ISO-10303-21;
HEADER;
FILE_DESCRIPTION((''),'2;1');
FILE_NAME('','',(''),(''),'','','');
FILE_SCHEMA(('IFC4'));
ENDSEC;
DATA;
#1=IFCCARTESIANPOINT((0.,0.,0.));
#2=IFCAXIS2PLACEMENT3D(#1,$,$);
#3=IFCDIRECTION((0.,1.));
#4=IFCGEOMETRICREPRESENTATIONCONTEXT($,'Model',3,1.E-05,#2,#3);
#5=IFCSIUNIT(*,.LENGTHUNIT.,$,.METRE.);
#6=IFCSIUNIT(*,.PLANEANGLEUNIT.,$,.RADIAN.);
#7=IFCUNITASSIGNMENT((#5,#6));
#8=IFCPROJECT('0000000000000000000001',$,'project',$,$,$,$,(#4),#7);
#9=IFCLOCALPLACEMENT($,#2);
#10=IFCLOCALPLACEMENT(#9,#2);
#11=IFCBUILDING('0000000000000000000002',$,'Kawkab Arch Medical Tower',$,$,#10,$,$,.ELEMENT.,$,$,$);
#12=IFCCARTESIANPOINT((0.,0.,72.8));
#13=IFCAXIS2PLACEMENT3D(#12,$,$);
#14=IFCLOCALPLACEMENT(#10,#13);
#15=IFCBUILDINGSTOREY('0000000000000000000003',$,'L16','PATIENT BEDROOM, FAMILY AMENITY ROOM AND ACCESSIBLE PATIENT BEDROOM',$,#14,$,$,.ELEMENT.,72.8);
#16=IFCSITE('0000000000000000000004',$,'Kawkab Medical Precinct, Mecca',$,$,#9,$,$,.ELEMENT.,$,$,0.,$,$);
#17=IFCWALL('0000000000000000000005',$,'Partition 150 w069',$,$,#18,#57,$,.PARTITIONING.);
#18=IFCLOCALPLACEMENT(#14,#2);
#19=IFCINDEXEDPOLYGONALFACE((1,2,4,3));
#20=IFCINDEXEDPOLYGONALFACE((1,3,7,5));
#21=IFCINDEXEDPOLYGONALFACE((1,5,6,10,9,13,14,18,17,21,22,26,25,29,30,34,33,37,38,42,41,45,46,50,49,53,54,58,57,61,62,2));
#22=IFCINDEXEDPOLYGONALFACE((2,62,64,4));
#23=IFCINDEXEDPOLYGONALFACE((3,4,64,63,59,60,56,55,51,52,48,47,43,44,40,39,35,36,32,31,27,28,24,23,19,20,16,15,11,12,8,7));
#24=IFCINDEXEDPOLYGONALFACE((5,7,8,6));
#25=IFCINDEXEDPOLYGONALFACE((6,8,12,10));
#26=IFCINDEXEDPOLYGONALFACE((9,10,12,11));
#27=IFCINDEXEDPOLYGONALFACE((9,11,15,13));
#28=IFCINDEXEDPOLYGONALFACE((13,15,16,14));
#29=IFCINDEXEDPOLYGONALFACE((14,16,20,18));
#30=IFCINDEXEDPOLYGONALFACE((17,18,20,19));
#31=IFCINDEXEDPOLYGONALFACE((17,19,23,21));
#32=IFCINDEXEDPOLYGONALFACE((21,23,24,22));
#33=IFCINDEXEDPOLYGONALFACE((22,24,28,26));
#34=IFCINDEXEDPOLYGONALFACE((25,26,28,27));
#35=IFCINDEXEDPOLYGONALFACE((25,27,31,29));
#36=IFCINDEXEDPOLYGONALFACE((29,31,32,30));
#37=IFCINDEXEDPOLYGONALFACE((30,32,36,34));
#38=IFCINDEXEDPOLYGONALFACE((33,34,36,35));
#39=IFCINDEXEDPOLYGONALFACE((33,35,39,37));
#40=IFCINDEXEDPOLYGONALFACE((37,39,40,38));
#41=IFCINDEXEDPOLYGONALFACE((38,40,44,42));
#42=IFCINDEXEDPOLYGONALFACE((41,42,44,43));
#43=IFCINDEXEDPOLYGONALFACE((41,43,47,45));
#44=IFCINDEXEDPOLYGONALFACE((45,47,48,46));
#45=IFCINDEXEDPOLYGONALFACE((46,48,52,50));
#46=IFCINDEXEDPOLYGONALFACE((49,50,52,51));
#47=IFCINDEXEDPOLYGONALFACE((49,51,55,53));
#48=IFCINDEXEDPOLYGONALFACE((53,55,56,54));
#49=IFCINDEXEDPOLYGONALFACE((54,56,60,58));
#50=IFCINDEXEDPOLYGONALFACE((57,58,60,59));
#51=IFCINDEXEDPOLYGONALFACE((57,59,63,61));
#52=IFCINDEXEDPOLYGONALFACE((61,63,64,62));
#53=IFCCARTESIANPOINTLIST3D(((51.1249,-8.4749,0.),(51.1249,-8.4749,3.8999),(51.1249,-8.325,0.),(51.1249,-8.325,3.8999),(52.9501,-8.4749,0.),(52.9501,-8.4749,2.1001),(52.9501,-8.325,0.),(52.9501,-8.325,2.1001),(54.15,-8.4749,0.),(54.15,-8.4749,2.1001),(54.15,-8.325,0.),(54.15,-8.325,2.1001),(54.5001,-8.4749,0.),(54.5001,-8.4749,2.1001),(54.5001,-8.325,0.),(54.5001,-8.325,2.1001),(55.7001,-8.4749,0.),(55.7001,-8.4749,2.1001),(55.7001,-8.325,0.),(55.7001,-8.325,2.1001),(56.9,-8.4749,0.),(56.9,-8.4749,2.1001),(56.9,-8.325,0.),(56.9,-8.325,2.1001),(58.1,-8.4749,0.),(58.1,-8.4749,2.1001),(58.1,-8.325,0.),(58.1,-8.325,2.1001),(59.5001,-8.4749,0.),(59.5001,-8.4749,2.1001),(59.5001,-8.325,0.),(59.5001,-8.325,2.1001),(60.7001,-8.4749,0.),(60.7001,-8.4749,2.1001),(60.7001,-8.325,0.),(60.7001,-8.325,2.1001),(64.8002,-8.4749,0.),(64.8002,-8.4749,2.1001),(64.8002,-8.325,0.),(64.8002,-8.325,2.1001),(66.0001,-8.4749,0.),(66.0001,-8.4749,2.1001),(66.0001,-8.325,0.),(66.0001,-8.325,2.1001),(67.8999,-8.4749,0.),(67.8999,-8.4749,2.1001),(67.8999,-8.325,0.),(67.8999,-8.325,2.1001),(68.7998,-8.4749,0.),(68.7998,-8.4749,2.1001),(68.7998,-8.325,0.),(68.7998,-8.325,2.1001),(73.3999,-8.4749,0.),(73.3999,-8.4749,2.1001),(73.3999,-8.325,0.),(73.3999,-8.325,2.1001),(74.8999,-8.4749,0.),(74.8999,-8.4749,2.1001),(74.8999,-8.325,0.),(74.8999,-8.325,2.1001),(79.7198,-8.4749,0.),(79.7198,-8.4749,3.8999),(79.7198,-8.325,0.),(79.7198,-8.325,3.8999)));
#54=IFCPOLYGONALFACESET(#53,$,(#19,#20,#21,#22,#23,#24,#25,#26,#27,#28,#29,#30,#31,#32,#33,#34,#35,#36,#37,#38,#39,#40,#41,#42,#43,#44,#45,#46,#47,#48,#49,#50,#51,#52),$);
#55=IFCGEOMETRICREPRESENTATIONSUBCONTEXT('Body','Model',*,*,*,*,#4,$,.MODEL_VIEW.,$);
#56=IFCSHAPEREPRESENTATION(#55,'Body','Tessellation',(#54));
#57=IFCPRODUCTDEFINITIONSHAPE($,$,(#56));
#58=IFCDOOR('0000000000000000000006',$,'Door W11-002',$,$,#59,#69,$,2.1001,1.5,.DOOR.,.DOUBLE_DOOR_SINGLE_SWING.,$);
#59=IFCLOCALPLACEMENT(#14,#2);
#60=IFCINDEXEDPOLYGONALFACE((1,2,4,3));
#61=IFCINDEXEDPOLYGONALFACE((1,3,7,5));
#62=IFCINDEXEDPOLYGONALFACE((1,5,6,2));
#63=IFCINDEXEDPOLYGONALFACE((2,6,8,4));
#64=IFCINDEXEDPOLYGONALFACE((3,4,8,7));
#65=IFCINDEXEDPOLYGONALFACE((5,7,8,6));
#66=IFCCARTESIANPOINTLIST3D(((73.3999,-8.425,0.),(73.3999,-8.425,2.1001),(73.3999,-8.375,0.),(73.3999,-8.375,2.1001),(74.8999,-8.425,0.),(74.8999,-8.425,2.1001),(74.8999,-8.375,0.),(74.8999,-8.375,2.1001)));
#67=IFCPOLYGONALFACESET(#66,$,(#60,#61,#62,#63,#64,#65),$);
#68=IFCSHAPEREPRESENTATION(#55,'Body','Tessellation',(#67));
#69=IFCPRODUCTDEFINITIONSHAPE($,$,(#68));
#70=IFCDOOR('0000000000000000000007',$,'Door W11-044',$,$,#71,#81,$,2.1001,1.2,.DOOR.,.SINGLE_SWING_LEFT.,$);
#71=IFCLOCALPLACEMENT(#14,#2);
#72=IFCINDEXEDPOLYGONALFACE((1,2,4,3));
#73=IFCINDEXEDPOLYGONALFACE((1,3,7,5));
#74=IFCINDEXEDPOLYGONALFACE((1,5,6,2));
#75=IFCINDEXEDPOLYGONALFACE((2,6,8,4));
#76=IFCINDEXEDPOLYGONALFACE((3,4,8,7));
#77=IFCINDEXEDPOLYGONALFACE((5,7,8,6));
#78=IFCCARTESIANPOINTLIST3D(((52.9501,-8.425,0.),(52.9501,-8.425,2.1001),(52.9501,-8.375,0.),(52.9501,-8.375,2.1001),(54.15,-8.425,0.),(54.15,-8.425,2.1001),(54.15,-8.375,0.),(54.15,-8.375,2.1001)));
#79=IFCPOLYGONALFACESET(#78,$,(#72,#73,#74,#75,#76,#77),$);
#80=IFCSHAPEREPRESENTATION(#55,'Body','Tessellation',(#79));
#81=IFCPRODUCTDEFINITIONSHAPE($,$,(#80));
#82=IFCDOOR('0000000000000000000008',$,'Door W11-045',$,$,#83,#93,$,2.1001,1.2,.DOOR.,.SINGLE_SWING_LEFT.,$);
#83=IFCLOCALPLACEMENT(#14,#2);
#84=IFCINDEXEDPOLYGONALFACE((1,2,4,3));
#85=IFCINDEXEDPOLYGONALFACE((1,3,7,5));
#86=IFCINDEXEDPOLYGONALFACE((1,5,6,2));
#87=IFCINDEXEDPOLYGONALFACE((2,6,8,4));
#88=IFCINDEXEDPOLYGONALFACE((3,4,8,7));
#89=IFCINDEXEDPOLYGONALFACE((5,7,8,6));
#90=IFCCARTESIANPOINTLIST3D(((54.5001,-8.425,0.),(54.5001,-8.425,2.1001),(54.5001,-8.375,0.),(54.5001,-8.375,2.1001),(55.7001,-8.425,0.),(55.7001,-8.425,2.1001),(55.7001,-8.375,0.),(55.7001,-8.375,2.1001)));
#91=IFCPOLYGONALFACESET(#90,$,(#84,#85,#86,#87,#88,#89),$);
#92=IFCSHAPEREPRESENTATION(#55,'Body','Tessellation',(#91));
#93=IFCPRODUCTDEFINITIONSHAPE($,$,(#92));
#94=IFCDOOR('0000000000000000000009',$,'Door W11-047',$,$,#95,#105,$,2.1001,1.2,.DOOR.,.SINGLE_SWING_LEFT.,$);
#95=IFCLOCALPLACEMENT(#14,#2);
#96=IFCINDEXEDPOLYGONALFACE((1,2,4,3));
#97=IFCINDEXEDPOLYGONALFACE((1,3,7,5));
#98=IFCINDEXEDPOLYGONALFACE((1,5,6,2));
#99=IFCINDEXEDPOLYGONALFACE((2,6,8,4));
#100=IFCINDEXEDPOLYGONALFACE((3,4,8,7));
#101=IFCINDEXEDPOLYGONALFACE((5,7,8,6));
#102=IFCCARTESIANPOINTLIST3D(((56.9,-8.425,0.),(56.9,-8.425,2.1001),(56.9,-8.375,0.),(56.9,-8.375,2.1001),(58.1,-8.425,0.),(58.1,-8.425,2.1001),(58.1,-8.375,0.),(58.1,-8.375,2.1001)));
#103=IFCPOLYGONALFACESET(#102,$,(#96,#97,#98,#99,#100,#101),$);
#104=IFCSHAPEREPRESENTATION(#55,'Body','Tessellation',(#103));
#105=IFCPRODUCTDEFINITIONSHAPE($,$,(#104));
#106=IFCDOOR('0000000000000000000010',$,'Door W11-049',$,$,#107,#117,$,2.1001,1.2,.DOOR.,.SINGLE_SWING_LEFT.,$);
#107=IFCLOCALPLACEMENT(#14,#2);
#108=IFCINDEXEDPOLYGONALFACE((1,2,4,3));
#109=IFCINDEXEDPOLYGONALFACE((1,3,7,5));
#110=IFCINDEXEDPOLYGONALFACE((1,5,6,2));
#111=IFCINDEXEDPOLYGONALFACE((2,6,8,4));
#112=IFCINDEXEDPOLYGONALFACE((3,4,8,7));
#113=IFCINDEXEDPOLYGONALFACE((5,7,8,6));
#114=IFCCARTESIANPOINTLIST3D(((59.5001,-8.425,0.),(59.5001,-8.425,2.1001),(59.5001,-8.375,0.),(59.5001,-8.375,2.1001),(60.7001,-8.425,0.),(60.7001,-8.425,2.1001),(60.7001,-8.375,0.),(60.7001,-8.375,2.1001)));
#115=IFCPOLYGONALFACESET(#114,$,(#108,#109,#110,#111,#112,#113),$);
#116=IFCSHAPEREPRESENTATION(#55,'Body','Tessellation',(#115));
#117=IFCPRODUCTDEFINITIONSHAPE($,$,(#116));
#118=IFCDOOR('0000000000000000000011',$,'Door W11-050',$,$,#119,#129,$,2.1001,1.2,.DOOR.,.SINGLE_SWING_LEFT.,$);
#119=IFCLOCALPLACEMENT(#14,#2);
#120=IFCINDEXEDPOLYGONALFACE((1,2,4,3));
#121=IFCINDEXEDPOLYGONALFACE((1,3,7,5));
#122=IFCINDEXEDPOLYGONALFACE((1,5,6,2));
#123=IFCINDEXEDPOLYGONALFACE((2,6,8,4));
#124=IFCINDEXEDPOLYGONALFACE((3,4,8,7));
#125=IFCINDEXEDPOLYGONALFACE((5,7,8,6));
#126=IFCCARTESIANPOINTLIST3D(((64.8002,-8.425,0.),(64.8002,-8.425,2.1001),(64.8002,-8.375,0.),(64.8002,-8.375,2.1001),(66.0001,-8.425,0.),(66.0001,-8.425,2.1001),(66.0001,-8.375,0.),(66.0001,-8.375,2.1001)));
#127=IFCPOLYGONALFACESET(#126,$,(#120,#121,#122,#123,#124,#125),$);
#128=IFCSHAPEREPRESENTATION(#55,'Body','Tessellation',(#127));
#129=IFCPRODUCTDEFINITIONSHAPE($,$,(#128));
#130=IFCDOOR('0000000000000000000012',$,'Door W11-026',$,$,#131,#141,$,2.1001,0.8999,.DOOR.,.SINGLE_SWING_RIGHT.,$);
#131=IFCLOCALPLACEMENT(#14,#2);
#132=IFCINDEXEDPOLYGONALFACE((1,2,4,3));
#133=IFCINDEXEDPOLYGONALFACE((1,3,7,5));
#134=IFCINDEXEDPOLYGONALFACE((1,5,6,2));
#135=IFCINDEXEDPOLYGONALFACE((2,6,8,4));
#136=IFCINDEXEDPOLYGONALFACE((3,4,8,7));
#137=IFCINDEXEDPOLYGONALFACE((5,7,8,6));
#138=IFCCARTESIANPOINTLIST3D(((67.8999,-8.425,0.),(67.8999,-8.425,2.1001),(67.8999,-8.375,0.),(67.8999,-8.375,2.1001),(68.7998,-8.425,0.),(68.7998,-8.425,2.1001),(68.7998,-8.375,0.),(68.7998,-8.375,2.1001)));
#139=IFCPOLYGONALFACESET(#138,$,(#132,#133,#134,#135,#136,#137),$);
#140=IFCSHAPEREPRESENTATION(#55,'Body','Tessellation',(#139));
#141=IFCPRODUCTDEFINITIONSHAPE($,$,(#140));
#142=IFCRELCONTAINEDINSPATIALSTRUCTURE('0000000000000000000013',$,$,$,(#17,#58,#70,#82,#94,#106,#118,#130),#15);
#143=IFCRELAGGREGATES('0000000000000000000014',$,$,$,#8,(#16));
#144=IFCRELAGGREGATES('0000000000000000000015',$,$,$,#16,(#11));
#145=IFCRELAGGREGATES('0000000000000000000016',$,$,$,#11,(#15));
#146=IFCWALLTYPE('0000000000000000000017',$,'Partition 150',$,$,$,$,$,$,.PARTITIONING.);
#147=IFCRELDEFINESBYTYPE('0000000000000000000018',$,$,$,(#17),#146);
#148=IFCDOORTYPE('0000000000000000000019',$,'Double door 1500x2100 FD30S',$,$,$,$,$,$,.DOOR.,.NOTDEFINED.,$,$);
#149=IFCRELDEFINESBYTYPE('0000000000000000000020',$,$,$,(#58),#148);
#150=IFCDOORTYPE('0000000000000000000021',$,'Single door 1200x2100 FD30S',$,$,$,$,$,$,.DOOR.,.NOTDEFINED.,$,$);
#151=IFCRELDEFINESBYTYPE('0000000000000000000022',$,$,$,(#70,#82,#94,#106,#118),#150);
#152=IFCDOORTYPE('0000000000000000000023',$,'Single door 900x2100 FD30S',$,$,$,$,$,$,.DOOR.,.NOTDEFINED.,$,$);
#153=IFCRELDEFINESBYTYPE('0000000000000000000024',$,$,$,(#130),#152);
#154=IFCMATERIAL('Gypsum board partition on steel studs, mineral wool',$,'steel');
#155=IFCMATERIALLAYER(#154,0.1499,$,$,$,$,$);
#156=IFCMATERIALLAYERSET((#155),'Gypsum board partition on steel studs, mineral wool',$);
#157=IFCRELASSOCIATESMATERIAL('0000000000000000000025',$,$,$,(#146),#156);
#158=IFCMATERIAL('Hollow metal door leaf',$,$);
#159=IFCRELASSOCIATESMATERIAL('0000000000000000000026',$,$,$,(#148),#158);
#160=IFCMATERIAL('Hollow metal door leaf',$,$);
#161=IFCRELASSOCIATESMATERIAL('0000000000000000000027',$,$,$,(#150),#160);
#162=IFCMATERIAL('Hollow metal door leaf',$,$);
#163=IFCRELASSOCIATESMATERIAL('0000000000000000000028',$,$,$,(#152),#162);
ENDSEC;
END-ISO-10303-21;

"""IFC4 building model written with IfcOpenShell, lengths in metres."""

from ifc_helpers import new_model, si_unit, direction, frame, frame_2d, origin, place, context, subcontext, project, spatial, rectangle, extrude, material, layer, layer_set, type_object, element, fill, save


model = new_model("IFC4")

# Units and contexts
model_context = context("Model", 3, precision=1e-05, world=origin(), true_north=direction((0.0, 1.0)))
body_context = subcontext(model_context, "Body", "Model", "MODEL_VIEW")
ifc_project = project(units=[si_unit("LENGTHUNIT", "METRE"), si_unit("PLANEANGLEUNIT", "RADIAN")], contexts=[model_context])

# Site, building, storey
site_placement = place(None, origin())
site = spatial("IfcSite", under=ifc_project, at=site_placement, Name="Kawkab Medical Precinct, Mecca", CompositionType="ELEMENT", RefElevation=0.0)
building_placement = place(site_placement, origin())
building = spatial("IfcBuilding", under=site, at=building_placement, Name="Kawkab Arch Medical Tower", CompositionType="ELEMENT")
storey_placement = place(building_placement, frame((0.0, 0.0, 72.8)))
storey = spatial("IfcBuildingStorey", under=building, at=storey_placement, Name="L16", Description="PATIENT BEDROOM, FAMILY AMENITY ROOM AND ACCESSIBLE PATIENT BEDROOM", CompositionType="ELEMENT", Elevation=72.8)

# Wall, openings, doors
ifc_material_1 = material(Name="Gypsum board partition on steel studs, mineral wool", Category="steel")
ifc_layer_1 = layer(ifc_material_1, 0.1499)
ifc_layer_set_1 = layer_set([ifc_layer_1], Name="Gypsum board partition on steel studs, mineral wool")
wall_type_1 = type_object("IfcWallType", Name="Partition 150", PredefinedType="PARTITIONING", material=ifc_layer_set_1)
wall_1_placement = place(storey_placement, frame((51.125, -8.3999, 0.0), z_axis=(0.0, 0.0, 1.0), x_axis=(1.0, 0.0, 0.0)))
wall_1 = element("IfcWall", 1, at=wall_1_placement, inside=storey, type_object=wall_type_1, Name="Partition 150 w069", PredefinedType="PARTITIONING", context=body_context, shape_type="SweptSolid", body=[
    extrude(rectangle(XDim=28.595, YDim=0.1499, at=frame_2d((14.2974, 0.0))), origin(), (0.0, 0.0, 1.0), 3.8999),
])
opening_1_placement = place(wall_1_placement, frame((1.825, 0.0, 0.0)))
opening_1 = element("IfcOpeningElement", 2, at=opening_1_placement, cuts=wall_1, PredefinedType="OPENING", context=body_context, shape_type="SweptSolid", body=[
    extrude(rectangle(XDim=1.2, YDim=2.1001, at=frame_2d((0.6001, 1.05))), frame((0.0, 0.085, 0.0), z_axis=(0.0, -1.0, 0.0), x_axis=(1.0, 0.0, 0.0)), (0.0, 0.0, 1.0), 0.1699),
])
opening_2_placement = place(wall_1_placement, frame((3.375, 0.0, 0.0)))
opening_2 = element("IfcOpeningElement", 3, at=opening_2_placement, cuts=wall_1, PredefinedType="OPENING", context=body_context, shape_type="SweptSolid", body=[
    extrude(rectangle(XDim=1.2, YDim=2.1001, at=frame_2d((0.6001, 1.05))), frame((0.0, 0.085, 0.0), z_axis=(0.0, -1.0, 0.0), x_axis=(1.0, 0.0, 0.0)), (0.0, 0.0, 1.0), 0.1699),
])
opening_3_placement = place(wall_1_placement, frame((5.7749, 0.0, 0.0)))
opening_3 = element("IfcOpeningElement", 4, at=opening_3_placement, cuts=wall_1, PredefinedType="OPENING", context=body_context, shape_type="SweptSolid", body=[
    extrude(rectangle(XDim=1.2, YDim=2.1001, at=frame_2d((0.6001, 1.05))), frame((0.0, 0.085, 0.0), z_axis=(0.0, -1.0, 0.0), x_axis=(1.0, 0.0, 0.0)), (0.0, 0.0, 1.0), 0.1699),
])
opening_4_placement = place(wall_1_placement, frame((8.375, 0.0, 0.0)))
opening_4 = element("IfcOpeningElement", 5, at=opening_4_placement, cuts=wall_1, PredefinedType="OPENING", context=body_context, shape_type="SweptSolid", body=[
    extrude(rectangle(XDim=1.2, YDim=2.1001, at=frame_2d((0.6001, 1.05))), frame((0.0, 0.085, 0.0), z_axis=(0.0, -1.0, 0.0), x_axis=(1.0, 0.0, 0.0)), (0.0, 0.0, 1.0), 0.1699),
])
opening_5_placement = place(wall_1_placement, frame((13.675, 0.0, 0.0)))
opening_5 = element("IfcOpeningElement", 6, at=opening_5_placement, cuts=wall_1, PredefinedType="OPENING", context=body_context, shape_type="SweptSolid", body=[
    extrude(rectangle(XDim=1.2, YDim=2.1001, at=frame_2d((0.6001, 1.05))), frame((0.0, 0.085, 0.0), z_axis=(0.0, -1.0, 0.0), x_axis=(1.0, 0.0, 0.0)), (0.0, 0.0, 1.0), 0.1699),
])
opening_6_placement = place(wall_1_placement, frame((16.7749, 0.0, 0.0)))
opening_6 = element("IfcOpeningElement", 7, at=opening_6_placement, cuts=wall_1, PredefinedType="OPENING", context=body_context, shape_type="SweptSolid", body=[
    extrude(rectangle(XDim=0.8999, YDim=2.1001, at=frame_2d((0.45, 1.05))), frame((0.0, 0.085, 0.0), z_axis=(0.0, -1.0, 0.0), x_axis=(1.0, 0.0, 0.0)), (0.0, 0.0, 1.0), 0.1699),
])
opening_7_placement = place(wall_1_placement, frame((22.2749, 0.0, 0.0)))
opening_7 = element("IfcOpeningElement", 8, at=opening_7_placement, cuts=wall_1, PredefinedType="OPENING", context=body_context, shape_type="SweptSolid", body=[
    extrude(rectangle(XDim=1.5, YDim=2.1001, at=frame_2d((0.75, 1.05))), frame((0.0, 0.085, 0.0), z_axis=(0.0, -1.0, 0.0), x_axis=(1.0, 0.0, 0.0)), (0.0, 0.0, 1.0), 0.1699),
])
ifc_material_2 = material(Name="Hollow metal door leaf")
door_type_1 = type_object("IfcDoorType", Name="Double door 1500x2100 FD30S", OperationType="NOTDEFINED", PredefinedType="DOOR", material=ifc_material_2)
door_1_placement = place(opening_7_placement, origin())
door_1 = element("IfcDoor", 9, at=door_1_placement, inside=storey, type_object=door_type_1, Name="Door W11-002", OperationType="DOUBLE_DOOR_SINGLE_SWING", OverallHeight=2.1001, OverallWidth=1.5, PredefinedType="DOOR", context=body_context, shape_type="SweptSolid", body=[
    extrude(rectangle(XDim=1.5, YDim=2.1001, at=frame_2d((0.75, 1.05))), frame((0.0, 0.0249, 0.0), z_axis=(0.0, -1.0, 0.0), x_axis=(1.0, 0.0, 0.0)), (0.0, 0.0, 1.0), 0.05),
])
fill(opening_7, door_1)
ifc_material_3 = material(Name="Hollow metal door leaf")
door_type_2 = type_object("IfcDoorType", Name="Single door 1200x2100 FD30S", OperationType="NOTDEFINED", PredefinedType="DOOR", material=ifc_material_3)
door_2_placement = place(opening_1_placement, origin())
door_2 = element("IfcDoor", 10, at=door_2_placement, inside=storey, type_object=door_type_2, Name="Door W11-044", OperationType="SINGLE_SWING_LEFT", OverallHeight=2.1001, OverallWidth=1.2, PredefinedType="DOOR", context=body_context, shape_type="SweptSolid", body=[
    extrude(rectangle(XDim=1.2, YDim=2.1001, at=frame_2d((0.6001, 1.05))), frame((0.0, 0.0249, 0.0), z_axis=(0.0, -1.0, 0.0), x_axis=(1.0, 0.0, 0.0)), (0.0, 0.0, 1.0), 0.05),
])
fill(opening_1, door_2)
door_3_placement = place(opening_2_placement, origin())
door_3 = element("IfcDoor", 11, at=door_3_placement, inside=storey, type_object=door_type_2, Name="Door W11-045", OperationType="SINGLE_SWING_LEFT", OverallHeight=2.1001, OverallWidth=1.2, PredefinedType="DOOR", context=body_context, shape_type="SweptSolid", body=[
    extrude(rectangle(XDim=1.2, YDim=2.1001, at=frame_2d((0.6001, 1.05))), frame((0.0, 0.0249, 0.0), z_axis=(0.0, -1.0, 0.0), x_axis=(1.0, 0.0, 0.0)), (0.0, 0.0, 1.0), 0.05),
])
fill(opening_2, door_3)
door_4_placement = place(opening_3_placement, origin())
door_4 = element("IfcDoor", 12, at=door_4_placement, inside=storey, type_object=door_type_2, Name="Door W11-047", OperationType="SINGLE_SWING_LEFT", OverallHeight=2.1001, OverallWidth=1.2, PredefinedType="DOOR", context=body_context, shape_type="SweptSolid", body=[
    extrude(rectangle(XDim=1.2, YDim=2.1001, at=frame_2d((0.6001, 1.05))), frame((0.0, 0.0249, 0.0), z_axis=(0.0, -1.0, 0.0), x_axis=(1.0, 0.0, 0.0)), (0.0, 0.0, 1.0), 0.05),
])
fill(opening_3, door_4)
door_5_placement = place(opening_4_placement, origin())
door_5 = element("IfcDoor", 13, at=door_5_placement, inside=storey, type_object=door_type_2, Name="Door W11-049", OperationType="SINGLE_SWING_LEFT", OverallHeight=2.1001, OverallWidth=1.2, PredefinedType="DOOR", context=body_context, shape_type="SweptSolid", body=[
    extrude(rectangle(XDim=1.2, YDim=2.1001, at=frame_2d((0.6001, 1.05))), frame((0.0, 0.0249, 0.0), z_axis=(0.0, -1.0, 0.0), x_axis=(1.0, 0.0, 0.0)), (0.0, 0.0, 1.0), 0.05),
])
fill(opening_4, door_5)
door_6_placement = place(opening_5_placement, origin())
door_6 = element("IfcDoor", 14, at=door_6_placement, inside=storey, type_object=door_type_2, Name="Door W11-050", OperationType="SINGLE_SWING_LEFT", OverallHeight=2.1001, OverallWidth=1.2, PredefinedType="DOOR", context=body_context, shape_type="SweptSolid", body=[
    extrude(rectangle(XDim=1.2, YDim=2.1001, at=frame_2d((0.6001, 1.05))), frame((0.0, 0.0249, 0.0), z_axis=(0.0, -1.0, 0.0), x_axis=(1.0, 0.0, 0.0)), (0.0, 0.0, 1.0), 0.05),
])
fill(opening_5, door_6)
ifc_material_4 = material(Name="Hollow metal door leaf")
door_type_3 = type_object("IfcDoorType", Name="Single door 900x2100 FD30S", OperationType="NOTDEFINED", PredefinedType="DOOR", material=ifc_material_4)
door_7_placement = place(opening_6_placement, origin())
door_7 = element("IfcDoor", 15, at=door_7_placement, inside=storey, type_object=door_type_3, Name="Door W11-026", OperationType="SINGLE_SWING_RIGHT", OverallHeight=2.1001, OverallWidth=0.8999, PredefinedType="DOOR", context=body_context, shape_type="SweptSolid", body=[
    extrude(rectangle(XDim=0.8999, YDim=2.1001, at=frame_2d((0.45, 1.05))), frame((0.0, 0.0249, 0.0), z_axis=(0.0, -1.0, 0.0), x_axis=(1.0, 0.0, 0.0)), (0.0, 0.0, 1.0), 0.05),
])
fill(opening_6, door_7)

save(model, "model.ifc")
